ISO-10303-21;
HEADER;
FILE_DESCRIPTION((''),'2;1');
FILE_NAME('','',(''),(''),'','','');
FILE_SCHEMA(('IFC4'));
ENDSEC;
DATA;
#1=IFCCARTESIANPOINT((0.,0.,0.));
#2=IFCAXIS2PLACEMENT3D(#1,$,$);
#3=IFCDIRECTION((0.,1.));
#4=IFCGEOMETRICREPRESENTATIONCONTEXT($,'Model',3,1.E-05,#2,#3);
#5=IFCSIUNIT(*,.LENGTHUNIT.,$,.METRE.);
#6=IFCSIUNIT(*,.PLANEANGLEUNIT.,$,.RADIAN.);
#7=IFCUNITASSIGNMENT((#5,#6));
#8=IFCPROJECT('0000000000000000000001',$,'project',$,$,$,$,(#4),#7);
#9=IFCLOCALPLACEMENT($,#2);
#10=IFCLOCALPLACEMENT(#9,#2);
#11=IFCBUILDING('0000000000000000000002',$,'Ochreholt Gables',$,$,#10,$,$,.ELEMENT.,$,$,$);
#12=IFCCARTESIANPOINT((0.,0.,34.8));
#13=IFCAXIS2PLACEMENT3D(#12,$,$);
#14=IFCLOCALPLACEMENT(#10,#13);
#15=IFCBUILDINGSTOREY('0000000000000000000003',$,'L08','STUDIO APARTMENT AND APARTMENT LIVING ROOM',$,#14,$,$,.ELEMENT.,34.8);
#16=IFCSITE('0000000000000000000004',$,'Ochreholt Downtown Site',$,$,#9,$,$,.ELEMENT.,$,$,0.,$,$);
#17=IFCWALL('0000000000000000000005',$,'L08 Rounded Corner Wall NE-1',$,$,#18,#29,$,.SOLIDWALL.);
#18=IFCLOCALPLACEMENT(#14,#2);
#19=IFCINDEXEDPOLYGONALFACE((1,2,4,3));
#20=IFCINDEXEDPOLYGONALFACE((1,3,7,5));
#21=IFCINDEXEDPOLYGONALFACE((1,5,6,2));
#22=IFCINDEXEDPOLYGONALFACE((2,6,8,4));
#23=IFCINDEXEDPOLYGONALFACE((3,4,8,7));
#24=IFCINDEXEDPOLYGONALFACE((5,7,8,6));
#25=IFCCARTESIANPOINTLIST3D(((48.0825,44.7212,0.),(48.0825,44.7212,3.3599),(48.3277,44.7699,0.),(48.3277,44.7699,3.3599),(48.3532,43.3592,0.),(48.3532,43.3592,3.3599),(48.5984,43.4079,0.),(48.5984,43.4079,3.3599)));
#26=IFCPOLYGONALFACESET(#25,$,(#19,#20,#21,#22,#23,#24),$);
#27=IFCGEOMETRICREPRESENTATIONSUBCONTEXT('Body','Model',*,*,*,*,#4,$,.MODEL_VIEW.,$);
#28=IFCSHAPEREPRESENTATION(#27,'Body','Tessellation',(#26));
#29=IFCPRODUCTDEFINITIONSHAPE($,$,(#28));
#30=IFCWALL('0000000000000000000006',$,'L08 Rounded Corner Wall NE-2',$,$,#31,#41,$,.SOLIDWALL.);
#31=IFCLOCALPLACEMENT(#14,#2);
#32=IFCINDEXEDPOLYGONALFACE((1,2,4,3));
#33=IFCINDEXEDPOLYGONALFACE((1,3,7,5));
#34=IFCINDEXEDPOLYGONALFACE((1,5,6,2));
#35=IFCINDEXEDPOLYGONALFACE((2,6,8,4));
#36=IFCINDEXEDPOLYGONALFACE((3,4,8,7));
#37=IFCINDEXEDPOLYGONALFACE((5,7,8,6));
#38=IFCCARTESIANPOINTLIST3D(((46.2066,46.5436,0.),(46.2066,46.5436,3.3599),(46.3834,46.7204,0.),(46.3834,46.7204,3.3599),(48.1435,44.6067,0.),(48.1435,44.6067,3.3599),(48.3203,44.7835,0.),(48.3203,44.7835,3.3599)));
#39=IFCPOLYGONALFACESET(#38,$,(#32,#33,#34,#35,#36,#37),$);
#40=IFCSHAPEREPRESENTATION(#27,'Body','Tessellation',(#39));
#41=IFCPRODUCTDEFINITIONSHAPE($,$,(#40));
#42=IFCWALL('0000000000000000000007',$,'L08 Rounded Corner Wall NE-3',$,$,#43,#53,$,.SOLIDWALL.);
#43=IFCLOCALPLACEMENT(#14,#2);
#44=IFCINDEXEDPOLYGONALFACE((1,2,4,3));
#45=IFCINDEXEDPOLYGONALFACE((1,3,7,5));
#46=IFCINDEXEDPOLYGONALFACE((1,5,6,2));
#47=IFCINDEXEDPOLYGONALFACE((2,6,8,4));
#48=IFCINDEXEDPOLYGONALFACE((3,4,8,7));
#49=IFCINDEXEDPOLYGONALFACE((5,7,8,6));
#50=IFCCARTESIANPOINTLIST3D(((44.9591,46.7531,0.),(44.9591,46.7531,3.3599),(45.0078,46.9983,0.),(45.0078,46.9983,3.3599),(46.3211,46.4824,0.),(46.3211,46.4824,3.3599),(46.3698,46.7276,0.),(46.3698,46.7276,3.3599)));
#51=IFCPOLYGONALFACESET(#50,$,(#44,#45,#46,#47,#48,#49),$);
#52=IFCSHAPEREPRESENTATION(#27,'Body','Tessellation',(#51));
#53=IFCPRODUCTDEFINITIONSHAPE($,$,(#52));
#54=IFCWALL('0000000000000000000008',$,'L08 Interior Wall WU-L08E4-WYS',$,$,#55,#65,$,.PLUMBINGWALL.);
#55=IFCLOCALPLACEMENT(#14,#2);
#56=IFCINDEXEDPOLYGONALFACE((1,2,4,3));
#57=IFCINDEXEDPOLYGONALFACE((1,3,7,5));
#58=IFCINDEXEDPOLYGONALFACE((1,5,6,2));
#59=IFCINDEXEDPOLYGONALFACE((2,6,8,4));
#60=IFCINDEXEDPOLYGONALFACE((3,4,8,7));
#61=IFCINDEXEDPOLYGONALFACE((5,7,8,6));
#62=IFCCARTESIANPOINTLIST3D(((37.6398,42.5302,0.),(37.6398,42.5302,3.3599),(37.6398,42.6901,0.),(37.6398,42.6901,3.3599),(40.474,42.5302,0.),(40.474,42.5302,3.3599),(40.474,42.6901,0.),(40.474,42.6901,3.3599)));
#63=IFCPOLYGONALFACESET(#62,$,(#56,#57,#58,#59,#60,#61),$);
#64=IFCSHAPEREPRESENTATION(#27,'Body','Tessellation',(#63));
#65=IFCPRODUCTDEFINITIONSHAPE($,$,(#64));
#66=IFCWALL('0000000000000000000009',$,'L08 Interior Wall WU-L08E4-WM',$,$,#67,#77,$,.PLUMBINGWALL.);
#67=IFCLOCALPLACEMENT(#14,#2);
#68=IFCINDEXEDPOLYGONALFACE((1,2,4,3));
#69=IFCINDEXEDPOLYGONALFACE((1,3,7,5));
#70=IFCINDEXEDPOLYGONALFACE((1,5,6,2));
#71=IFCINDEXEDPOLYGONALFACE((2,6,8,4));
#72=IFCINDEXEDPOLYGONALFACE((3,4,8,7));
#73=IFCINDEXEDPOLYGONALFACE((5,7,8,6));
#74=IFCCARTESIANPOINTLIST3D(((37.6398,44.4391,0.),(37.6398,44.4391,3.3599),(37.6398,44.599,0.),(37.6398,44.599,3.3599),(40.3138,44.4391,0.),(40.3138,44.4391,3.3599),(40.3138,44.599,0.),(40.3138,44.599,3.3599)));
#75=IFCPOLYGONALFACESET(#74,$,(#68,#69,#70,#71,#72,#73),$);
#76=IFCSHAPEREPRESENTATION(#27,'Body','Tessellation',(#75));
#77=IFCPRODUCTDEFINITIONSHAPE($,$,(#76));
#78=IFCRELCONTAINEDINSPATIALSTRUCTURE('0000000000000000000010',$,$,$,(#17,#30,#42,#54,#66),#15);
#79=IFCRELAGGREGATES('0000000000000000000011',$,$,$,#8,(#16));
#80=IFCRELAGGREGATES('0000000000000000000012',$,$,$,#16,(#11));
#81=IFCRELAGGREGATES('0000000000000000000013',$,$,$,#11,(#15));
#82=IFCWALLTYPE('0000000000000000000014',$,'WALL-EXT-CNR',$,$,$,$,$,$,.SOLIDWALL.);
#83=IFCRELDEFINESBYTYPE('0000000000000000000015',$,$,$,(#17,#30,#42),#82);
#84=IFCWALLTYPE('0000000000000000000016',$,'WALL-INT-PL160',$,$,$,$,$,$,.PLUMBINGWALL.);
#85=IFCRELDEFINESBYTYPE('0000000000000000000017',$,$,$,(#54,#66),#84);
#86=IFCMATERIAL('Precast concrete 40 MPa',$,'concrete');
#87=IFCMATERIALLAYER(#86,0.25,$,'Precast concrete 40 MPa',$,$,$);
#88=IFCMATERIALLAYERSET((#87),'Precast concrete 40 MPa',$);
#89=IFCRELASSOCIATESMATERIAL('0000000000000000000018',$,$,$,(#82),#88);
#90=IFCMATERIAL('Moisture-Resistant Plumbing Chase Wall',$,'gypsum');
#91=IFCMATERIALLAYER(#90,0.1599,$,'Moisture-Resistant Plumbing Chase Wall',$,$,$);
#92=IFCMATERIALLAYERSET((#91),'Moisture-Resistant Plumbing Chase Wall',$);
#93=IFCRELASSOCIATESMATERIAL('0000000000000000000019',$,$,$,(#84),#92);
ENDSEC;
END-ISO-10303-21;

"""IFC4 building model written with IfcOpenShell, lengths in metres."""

from ifc_helpers import new_model, si_unit, direction, frame, frame_2d, origin, place, context, subcontext, project, spatial, rectangle, extrude, material, layer, layer_set, type_object, element, save


model = new_model("IFC4")

# Units and contexts
model_context = context("Model", 3, precision=1e-05, world=origin(), true_north=direction((0.0, 1.0)))
body_context = subcontext(model_context, "Body", "Model", "MODEL_VIEW")
ifc_project = project(units=[si_unit("LENGTHUNIT", "METRE"), si_unit("PLANEANGLEUNIT", "RADIAN")], contexts=[model_context])

# Site, building, storey
site_placement = place(None, origin())
site = spatial("IfcSite", under=ifc_project, at=site_placement, Name="Ochreholt Downtown Site", CompositionType="ELEMENT", RefElevation=0.0)
building_placement = place(site_placement, origin())
building = spatial("IfcBuilding", under=site, at=building_placement, Name="Ochreholt Gables", CompositionType="ELEMENT")
storey_placement = place(building_placement, frame((0.0, 0.0, 34.8)))
storey = spatial("IfcBuildingStorey", under=building, at=storey_placement, Name="L08", Description="STUDIO APARTMENT AND APARTMENT LIVING ROOM", CompositionType="ELEMENT", Elevation=34.8)

# Shared definitions
ifc_material_1 = material(Name="Precast concrete 40 MPa", Category="concrete")

# Walls
ifc_layer_1 = layer(ifc_material_1, 0.25, Name="Precast concrete 40 MPa")
ifc_layer_set_1 = layer_set([ifc_layer_1], Name="Precast concrete 40 MPa")
wall_type_1 = type_object("IfcWallType", Name="WALL-EXT-CNR", PredefinedType="SOLIDWALL", material=ifc_layer_set_1)
wall_1_placement = place(storey_placement, frame((48.4758, 43.3835, 0.0), z_axis=(0.0, 0.0, 1.0), x_axis=(-0.194967, 0.98081, 0.0)))
element("IfcWall", 1, at=wall_1_placement, inside=storey, type_object=wall_type_1, Name="L08 Rounded Corner Wall NE-1", PredefinedType="SOLIDWALL", context=body_context, shape_type="SweptSolid", body=[
    extrude(rectangle(XDim=1.3887, YDim=0.25, at=frame_2d((0.6943, 0.0))), origin(), (0.0, 0.0, 1.0), 3.3599),
])
wall_2_placement = place(storey_placement, frame((48.2319, 44.6951, 0.0), z_axis=(0.0, 0.0, 1.0), x_axis=(-0.707107, 0.707107, 0.0)))
element("IfcWall", 2, at=wall_2_placement, inside=storey, type_object=wall_type_1, Name="L08 Rounded Corner Wall NE-2", PredefinedType="SOLIDWALL", context=body_context, shape_type="SweptSolid", body=[
    extrude(rectangle(XDim=2.7393, YDim=0.25, at=frame_2d((1.3696, 0.0))), origin(), (0.0, 0.0, 1.0), 3.3599),
])
wall_3_placement = place(storey_placement, frame((46.3455, 46.605, 0.0), z_axis=(0.0, 0.0, 1.0), x_axis=(-0.98081, 0.194967, 0.0)))
element("IfcWall", 3, at=wall_3_placement, inside=storey, type_object=wall_type_1, Name="L08 Rounded Corner Wall NE-3", PredefinedType="SOLIDWALL", context=body_context, shape_type="SweptSolid", body=[
    extrude(rectangle(XDim=1.3887, YDim=0.25, at=frame_2d((0.6943, 0.0))), origin(), (0.0, 0.0, 1.0), 3.3599),
])
ifc_material_2 = material(Name="Moisture-Resistant Plumbing Chase Wall", Category="gypsum")
ifc_layer_2 = layer(ifc_material_2, 0.1599, Name="Moisture-Resistant Plumbing Chase Wall")
ifc_layer_set_2 = layer_set([ifc_layer_2], Name="Moisture-Resistant Plumbing Chase Wall")
wall_type_2 = type_object("IfcWallType", Name="WALL-INT-PL160", PredefinedType="PLUMBINGWALL", material=ifc_layer_set_2)
wall_4_placement = place(storey_placement, frame((37.6399, 42.6101, 0.0), z_axis=(0.0, 0.0, 1.0), x_axis=(1.0, 0.0, 0.0)))
element("IfcWall", 4, at=wall_4_placement, inside=storey, type_object=wall_type_2, Name="L08 Interior Wall WU-L08E4-WYS", PredefinedType="PLUMBINGWALL", context=body_context, shape_type="SweptSolid", body=[
    extrude(rectangle(XDim=2.8342, YDim=0.1599, at=frame_2d((1.417, 0.0))), origin(), (0.0, 0.0, 1.0), 3.3599),
])

# Wall
wall_5_placement = place(storey_placement, frame((37.6399, 44.519, 0.0), z_axis=(0.0, 0.0, 1.0), x_axis=(1.0, 0.0, 0.0)))
element("IfcWall", 5, at=wall_5_placement, inside=storey, type_object=wall_type_2, Name="L08 Interior Wall WU-L08E4-WM", PredefinedType="PLUMBINGWALL", context=body_context, shape_type="SweptSolid", body=[
    extrude(rectangle(XDim=2.6741, YDim=0.1599, at=frame_2d((1.3369, 0.0))), origin(), (0.0, 0.0, 1.0), 3.3599),
])

save(model, "model.ifc")
